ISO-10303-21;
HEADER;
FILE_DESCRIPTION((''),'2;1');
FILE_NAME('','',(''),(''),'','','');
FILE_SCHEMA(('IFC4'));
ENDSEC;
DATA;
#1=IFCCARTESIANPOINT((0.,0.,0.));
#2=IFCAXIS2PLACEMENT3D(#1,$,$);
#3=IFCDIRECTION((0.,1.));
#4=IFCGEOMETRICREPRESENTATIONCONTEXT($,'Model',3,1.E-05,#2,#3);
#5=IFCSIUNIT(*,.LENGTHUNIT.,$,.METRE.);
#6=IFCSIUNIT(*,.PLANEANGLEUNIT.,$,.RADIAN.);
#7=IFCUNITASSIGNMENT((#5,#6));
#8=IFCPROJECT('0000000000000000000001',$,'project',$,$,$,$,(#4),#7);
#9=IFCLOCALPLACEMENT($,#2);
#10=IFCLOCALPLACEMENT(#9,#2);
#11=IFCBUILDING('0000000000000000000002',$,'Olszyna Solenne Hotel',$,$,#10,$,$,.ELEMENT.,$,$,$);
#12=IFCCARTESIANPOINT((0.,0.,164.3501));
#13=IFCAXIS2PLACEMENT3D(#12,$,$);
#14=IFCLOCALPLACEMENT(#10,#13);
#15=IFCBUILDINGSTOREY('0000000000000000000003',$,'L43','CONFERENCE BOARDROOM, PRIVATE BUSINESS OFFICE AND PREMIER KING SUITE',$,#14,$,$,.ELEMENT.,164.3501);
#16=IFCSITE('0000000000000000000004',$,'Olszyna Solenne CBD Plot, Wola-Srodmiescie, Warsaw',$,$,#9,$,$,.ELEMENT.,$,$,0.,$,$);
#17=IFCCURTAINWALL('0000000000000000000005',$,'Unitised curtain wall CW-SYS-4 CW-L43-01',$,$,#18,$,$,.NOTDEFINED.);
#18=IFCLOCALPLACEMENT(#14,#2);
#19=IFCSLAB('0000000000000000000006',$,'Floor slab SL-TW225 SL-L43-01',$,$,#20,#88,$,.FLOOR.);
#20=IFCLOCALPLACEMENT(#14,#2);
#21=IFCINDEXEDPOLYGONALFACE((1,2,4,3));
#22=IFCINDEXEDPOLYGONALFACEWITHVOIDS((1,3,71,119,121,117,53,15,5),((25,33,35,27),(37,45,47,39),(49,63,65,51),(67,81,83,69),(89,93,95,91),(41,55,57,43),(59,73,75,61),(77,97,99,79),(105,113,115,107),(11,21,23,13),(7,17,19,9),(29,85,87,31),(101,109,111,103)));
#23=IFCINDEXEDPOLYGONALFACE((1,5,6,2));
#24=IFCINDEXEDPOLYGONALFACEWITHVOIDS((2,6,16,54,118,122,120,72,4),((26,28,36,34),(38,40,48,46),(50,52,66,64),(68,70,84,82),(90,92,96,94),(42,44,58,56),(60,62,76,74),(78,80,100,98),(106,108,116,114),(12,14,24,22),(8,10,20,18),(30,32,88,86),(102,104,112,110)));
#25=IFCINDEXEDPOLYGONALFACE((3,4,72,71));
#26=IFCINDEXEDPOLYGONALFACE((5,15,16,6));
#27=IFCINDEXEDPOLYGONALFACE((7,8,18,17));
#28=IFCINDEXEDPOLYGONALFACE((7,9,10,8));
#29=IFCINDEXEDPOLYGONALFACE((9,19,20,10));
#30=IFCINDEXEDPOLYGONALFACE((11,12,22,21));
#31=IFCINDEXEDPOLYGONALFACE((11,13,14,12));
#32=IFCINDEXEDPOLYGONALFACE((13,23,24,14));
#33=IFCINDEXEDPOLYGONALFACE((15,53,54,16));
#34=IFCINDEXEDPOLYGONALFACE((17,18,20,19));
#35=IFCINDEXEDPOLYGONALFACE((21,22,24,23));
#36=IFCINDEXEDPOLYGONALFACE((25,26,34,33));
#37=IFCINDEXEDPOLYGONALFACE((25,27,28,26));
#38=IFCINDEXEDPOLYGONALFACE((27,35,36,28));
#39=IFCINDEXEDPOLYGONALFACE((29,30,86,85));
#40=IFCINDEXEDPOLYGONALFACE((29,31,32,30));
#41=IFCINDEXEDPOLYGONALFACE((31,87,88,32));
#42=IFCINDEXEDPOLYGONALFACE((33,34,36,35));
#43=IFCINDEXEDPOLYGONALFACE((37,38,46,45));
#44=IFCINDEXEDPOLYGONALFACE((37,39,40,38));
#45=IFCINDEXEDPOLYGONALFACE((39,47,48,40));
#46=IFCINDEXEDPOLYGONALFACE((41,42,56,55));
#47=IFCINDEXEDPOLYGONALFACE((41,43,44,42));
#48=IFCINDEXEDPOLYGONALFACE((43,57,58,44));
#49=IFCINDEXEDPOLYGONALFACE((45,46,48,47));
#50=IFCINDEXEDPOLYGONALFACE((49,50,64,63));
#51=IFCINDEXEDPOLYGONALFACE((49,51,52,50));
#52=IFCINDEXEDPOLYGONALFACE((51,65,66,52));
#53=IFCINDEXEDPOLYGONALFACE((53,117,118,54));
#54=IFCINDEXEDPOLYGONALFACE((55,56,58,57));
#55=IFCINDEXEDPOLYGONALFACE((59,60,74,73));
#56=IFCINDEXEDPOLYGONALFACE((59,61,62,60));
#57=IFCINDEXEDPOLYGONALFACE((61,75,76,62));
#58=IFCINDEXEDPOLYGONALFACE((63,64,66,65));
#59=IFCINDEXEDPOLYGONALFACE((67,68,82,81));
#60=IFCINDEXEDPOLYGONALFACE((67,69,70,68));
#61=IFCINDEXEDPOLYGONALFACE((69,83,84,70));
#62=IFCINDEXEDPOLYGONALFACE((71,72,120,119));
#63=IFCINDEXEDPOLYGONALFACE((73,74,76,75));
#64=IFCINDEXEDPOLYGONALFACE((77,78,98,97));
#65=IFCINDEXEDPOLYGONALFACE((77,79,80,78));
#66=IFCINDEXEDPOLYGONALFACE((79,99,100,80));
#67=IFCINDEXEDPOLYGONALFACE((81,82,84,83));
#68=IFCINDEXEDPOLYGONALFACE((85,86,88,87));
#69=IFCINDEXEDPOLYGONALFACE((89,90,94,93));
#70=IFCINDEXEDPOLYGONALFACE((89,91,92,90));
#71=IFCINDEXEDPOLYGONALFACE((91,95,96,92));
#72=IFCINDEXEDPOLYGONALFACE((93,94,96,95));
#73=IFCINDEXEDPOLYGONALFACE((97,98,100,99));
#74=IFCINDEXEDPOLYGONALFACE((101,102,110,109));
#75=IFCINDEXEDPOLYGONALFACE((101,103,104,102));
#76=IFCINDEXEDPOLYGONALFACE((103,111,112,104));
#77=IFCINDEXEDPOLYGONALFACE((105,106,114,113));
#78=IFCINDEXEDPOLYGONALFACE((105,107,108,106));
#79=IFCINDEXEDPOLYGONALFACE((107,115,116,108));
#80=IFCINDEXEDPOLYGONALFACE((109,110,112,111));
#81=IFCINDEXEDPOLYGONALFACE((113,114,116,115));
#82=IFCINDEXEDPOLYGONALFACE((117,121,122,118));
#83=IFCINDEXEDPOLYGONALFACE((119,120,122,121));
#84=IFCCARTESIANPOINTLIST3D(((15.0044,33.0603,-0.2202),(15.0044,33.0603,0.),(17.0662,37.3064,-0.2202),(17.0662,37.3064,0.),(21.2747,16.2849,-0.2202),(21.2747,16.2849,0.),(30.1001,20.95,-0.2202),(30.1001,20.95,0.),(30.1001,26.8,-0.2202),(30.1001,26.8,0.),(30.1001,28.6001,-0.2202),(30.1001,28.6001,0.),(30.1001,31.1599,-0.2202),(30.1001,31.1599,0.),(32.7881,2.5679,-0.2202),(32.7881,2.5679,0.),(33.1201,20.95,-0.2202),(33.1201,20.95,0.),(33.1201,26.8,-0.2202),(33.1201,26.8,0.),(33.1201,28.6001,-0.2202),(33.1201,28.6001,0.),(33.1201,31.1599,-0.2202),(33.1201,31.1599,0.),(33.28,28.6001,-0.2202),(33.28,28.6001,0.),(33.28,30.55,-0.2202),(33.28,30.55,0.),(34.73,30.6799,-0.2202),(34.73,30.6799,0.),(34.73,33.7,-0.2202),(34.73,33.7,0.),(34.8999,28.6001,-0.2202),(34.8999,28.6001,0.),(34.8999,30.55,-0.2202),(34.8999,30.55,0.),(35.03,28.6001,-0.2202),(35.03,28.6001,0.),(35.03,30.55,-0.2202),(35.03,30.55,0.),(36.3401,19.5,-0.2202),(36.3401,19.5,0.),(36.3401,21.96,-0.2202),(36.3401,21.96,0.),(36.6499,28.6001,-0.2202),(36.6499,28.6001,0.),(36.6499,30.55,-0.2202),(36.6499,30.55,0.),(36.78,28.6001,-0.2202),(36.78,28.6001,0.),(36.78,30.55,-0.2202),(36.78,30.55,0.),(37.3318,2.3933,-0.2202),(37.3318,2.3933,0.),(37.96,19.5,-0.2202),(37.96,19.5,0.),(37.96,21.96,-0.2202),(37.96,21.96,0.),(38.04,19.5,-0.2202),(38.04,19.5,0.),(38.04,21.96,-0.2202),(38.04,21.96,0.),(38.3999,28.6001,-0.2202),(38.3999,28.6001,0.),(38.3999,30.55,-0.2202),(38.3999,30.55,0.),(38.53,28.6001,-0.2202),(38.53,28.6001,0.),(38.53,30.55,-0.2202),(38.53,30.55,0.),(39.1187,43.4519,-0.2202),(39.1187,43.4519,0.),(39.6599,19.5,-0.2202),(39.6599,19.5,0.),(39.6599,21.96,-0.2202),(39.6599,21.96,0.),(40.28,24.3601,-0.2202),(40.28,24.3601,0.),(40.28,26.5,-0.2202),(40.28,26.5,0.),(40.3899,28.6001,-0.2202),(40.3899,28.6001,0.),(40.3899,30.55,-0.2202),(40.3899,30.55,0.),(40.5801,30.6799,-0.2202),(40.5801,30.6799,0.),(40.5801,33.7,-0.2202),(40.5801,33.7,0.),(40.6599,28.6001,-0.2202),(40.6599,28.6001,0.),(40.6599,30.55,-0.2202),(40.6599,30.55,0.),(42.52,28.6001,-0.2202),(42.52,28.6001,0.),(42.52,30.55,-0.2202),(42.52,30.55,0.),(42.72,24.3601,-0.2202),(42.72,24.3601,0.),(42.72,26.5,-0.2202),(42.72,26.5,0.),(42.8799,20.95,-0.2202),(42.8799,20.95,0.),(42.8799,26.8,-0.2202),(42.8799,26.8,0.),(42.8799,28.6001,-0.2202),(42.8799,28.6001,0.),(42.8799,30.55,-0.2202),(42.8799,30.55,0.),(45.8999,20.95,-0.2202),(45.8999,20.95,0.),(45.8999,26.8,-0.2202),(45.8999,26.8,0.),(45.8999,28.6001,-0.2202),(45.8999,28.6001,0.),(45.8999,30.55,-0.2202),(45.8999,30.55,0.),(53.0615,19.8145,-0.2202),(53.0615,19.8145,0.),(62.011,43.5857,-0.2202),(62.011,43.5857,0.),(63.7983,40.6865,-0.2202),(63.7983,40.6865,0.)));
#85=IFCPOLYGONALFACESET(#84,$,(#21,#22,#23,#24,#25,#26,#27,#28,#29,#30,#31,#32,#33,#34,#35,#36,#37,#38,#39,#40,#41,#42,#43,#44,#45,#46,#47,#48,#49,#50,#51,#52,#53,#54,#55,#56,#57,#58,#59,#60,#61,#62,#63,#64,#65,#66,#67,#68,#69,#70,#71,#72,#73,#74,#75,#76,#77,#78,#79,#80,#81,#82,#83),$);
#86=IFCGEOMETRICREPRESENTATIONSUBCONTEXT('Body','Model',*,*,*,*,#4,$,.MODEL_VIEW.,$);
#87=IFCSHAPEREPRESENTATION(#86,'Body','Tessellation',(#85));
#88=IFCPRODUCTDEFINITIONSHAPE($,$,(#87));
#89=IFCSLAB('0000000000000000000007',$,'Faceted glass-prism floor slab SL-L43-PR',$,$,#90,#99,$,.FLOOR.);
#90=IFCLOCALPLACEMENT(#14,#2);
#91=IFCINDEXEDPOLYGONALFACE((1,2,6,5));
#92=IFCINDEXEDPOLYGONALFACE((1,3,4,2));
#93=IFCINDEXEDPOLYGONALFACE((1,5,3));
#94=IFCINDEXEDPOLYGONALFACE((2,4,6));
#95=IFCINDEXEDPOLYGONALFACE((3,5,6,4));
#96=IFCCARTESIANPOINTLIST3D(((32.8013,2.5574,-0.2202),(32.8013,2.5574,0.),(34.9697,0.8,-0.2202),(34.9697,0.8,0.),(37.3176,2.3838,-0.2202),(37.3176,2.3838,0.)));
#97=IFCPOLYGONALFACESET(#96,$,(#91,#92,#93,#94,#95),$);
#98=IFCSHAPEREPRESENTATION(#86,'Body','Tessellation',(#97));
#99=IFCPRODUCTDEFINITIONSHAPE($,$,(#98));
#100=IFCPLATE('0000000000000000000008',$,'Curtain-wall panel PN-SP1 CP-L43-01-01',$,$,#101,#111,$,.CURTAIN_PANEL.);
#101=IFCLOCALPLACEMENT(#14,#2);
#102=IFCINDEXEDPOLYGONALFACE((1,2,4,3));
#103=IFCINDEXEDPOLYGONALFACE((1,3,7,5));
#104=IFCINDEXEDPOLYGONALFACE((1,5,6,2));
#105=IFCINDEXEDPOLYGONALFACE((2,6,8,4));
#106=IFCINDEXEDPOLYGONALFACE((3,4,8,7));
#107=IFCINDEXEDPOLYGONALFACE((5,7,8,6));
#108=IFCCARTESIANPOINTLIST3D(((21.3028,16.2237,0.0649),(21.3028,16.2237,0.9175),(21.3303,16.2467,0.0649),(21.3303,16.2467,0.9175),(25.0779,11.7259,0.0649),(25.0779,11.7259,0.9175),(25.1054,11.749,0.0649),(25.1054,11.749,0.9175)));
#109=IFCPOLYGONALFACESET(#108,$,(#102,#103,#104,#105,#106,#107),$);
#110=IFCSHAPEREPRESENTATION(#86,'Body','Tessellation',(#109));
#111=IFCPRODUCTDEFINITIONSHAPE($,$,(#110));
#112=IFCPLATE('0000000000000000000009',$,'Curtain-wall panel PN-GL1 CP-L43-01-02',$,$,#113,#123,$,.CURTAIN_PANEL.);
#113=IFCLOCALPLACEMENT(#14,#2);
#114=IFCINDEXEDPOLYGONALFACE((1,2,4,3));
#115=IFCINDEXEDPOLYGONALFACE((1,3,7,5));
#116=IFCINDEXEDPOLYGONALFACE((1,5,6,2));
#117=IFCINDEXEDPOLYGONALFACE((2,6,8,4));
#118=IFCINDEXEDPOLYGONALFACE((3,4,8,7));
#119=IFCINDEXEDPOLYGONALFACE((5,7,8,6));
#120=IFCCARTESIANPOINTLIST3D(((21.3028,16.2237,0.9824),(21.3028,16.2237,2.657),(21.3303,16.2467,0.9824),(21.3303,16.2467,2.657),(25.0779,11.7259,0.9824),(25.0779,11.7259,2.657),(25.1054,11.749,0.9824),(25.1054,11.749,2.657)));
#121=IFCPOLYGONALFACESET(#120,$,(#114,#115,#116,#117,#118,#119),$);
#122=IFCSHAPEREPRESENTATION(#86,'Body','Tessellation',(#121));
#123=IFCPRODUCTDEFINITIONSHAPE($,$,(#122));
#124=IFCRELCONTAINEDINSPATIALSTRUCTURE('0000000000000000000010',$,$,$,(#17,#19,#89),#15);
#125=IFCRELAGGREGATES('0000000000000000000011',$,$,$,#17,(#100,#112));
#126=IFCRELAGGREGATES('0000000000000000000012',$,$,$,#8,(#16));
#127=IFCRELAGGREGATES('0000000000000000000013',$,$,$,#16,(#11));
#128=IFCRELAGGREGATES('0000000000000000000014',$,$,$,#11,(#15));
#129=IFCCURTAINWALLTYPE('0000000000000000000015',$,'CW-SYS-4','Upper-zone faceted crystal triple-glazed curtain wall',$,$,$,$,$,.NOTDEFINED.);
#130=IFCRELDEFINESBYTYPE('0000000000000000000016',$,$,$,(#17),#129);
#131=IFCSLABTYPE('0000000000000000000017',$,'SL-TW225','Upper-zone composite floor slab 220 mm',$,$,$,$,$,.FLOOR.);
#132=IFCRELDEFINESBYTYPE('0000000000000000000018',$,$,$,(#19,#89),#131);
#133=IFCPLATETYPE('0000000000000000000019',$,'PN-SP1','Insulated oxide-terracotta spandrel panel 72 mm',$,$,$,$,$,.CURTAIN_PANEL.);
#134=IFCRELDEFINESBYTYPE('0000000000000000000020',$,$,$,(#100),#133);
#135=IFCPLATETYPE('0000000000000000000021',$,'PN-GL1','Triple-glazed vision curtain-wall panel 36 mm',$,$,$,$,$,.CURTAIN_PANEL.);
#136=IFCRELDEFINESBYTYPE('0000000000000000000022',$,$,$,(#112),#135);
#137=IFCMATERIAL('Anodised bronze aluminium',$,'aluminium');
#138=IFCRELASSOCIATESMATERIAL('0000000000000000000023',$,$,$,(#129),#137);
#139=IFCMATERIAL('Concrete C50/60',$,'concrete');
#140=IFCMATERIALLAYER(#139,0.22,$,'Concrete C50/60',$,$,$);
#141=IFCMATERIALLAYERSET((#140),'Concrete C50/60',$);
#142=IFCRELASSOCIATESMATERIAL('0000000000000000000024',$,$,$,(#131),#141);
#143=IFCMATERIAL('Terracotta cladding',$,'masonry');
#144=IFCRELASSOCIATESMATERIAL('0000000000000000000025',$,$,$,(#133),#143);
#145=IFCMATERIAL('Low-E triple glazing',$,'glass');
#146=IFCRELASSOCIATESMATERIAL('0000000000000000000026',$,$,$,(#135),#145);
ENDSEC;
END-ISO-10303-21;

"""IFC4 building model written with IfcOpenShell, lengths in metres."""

from ifc_helpers import new_model, si_unit, direction, frame, origin, origin_2d, place, context, subcontext, project, spatial, polyline, rectangle, outline, extrude, source, transform, mapped, material, layer, layer_set, type_object, element, aggregate, save


model = new_model("IFC4")

# Units and contexts
model_context = context("Model", 3, precision=1e-05, world=origin(), true_north=direction((0.0, 1.0)))
body_context = subcontext(model_context, "Body", "Model", "MODEL_VIEW")
ifc_project = project(units=[si_unit("LENGTHUNIT", "METRE"), si_unit("PLANEANGLEUNIT", "RADIAN")], contexts=[model_context])

# Site, building, storey
site_placement = place(None, origin())
site = spatial("IfcSite", under=ifc_project, at=site_placement, Name="Olszyna Solenne CBD Plot, Wola-Srodmiescie, Warsaw", CompositionType="ELEMENT", RefElevation=0.0)
building_placement = place(site_placement, origin())
building = spatial("IfcBuilding", under=site, at=building_placement, Name="Olszyna Solenne Hotel", CompositionType="ELEMENT")
storey_placement = place(building_placement, frame((0.0, 0.0, 164.3501)))
storey = spatial("IfcBuildingStorey", under=building, at=storey_placement, Name="L43", Description="CONFERENCE BOARDROOM, PRIVATE BUSINESS OFFICE AND PREMIER KING SUITE", CompositionType="ELEMENT", Elevation=164.3501)

# Curtain wall
ifc_material_1 = material(Name="Anodised bronze aluminium", Category="aluminium")
curtain_wall_type = type_object("IfcCurtainWallType", Name="CW-SYS-4", Description="Upper-zone faceted crystal triple-glazed curtain wall", PredefinedType="NOTDEFINED", material=ifc_material_1)
curtain_wall_placement = place(storey_placement, origin())
curtain_wall = element("IfcCurtainWall", 1, at=curtain_wall_placement, inside=storey, type_object=curtain_wall_type, Name="Unitised curtain wall CW-SYS-4 CW-L43-01", PredefinedType="NOTDEFINED")

# Slabs
ifc_material_2 = material(Name="Concrete C50/60", Category="concrete")
ifc_layer_1 = layer(ifc_material_2, 0.22, Name="Concrete C50/60")
ifc_layer_set_1 = layer_set([ifc_layer_1], Name="Concrete C50/60")
slab_type_1 = type_object("IfcSlabType", Name="SL-TW225", Description="Upper-zone composite floor slab 220 mm", PredefinedType="FLOOR", material=ifc_layer_set_1)
slab_1_placement = place(storey_placement, frame((0.0, 0.0, -0.2202)))
element("IfcSlab", 2, at=slab_1_placement, inside=storey, type_object=slab_type_1, Name="Floor slab SL-TW225 SL-L43-01", PredefinedType="FLOOR", context=body_context, shape_type="SweptSolid", body=[
    extrude(outline(polyline([(63.7983, 40.6865), (62.011, 43.5857), (39.1187, 43.4519), (17.0662, 37.3064), (15.0044, 33.0603), (21.2747, 16.2849), (32.7881, 2.5679), (37.3318, 2.3933), (53.0615, 19.8145), (63.7983, 40.6865)]), holes=[polyline([(30.1001, 20.95), (33.1201, 20.95), (33.1201, 26.8), (30.1001, 26.8), (30.1001, 20.95)]), polyline([(42.8799, 20.95), (45.8999, 20.95), (45.8999, 26.8), (42.8799, 26.8), (42.8799, 20.95)]), polyline([(34.73, 30.6799), (40.5801, 30.6799), (40.5801, 33.7), (34.73, 33.7), (34.73, 30.6799)]), polyline([(36.3401, 19.5), (37.96, 19.5), (37.96, 21.96), (36.3401, 21.96), (36.3401, 19.5)]), polyline([(38.04, 19.5), (39.6599, 19.5), (39.6599, 21.96), (38.04, 21.96), (38.04, 19.5)]), polyline([(30.1001, 28.6001), (33.1201, 28.6001), (33.1201, 31.1599), (30.1001, 31.1599), (30.1001, 28.6001)]), polyline([(40.28, 24.3601), (42.72, 24.3601), (42.72, 26.5), (40.28, 26.5), (40.28, 24.3601)]), polyline([(33.28, 28.6001), (34.8999, 28.6001), (34.8999, 30.55), (33.28, 30.55), (33.28, 28.6001)]), polyline([(35.03, 28.6001), (36.6499, 28.6001), (36.6499, 30.55), (35.03, 30.55), (35.03, 28.6001)]), polyline([(36.78, 28.6001), (38.3999, 28.6001), (38.3999, 30.55), (36.78, 30.55), (36.78, 28.6001)]), polyline([(38.53, 28.6001), (40.3899, 28.6001), (40.3899, 30.55), (38.53, 30.55), (38.53, 28.6001)]), polyline([(40.6599, 28.6001), (42.52, 28.6001), (42.52, 30.55), (40.6599, 30.55), (40.6599, 28.6001)]), polyline([(42.8799, 28.6001), (45.8999, 28.6001), (45.8999, 30.55), (42.8799, 30.55), (42.8799, 28.6001)])]), origin(), (0.0, 0.0, 1.0), 0.2202),
])
slab_2_placement = place(storey_placement, frame((0.0, 0.0, -0.2202)))
element("IfcSlab", 3, at=slab_2_placement, inside=storey, type_object=slab_type_1, Name="Faceted glass-prism floor slab SL-L43-PR", PredefinedType="FLOOR", context=body_context, shape_type="SweptSolid", body=[
    extrude(outline(polyline([(37.3176, 2.3838), (32.8013, 2.5574), (34.9697, 0.8), (37.3176, 2.3838)])), origin(), (0.0, 0.0, 1.0), 0.2202),
])

# Plates
ifc_material_3 = material(Name="Terracotta cladding", Category="masonry")
plate_type_1 = type_object("IfcPlateType", Name="PN-SP1", Description="Insulated oxide-terracotta spandrel panel 72 mm", PredefinedType="CURTAIN_PANEL", material=ifc_material_3)
shared_shape_1 = source(origin(), body_context, "Body", "SweptSolid", [
    extrude(rectangle(XDim=5.8721, YDim=0.0359, at=origin_2d()), origin(), (0.0, 0.0, 1.0), 0.8525),
])
plate_1_placement = place(storey_placement, frame((23.2041, 13.9863, 0.0649), z_axis=(0.0, 0.0, 1.0), x_axis=(0.642899, -0.765951, 0.0)))
plate_1 = element("IfcPlate", 4, at=plate_1_placement, type_object=plate_type_1, Name="Curtain-wall panel PN-SP1 CP-L43-01-01", PredefinedType="CURTAIN_PANEL", context=body_context, shape_type="MappedRepresentation", body=[
    mapped(shared_shape_1, transform((0.0, 0.0, 0.0), x_axis=(1.0, 0.0, 0.0), y_axis=(0.0, 1.0, 0.0), z_axis=(0.0, 0.0, 1.0), scale=1.0)),
])
ifc_material_4 = material(Name="Low-E triple glazing", Category="glass")
plate_type_2 = type_object("IfcPlateType", Name="PN-GL1", Description="Triple-glazed vision curtain-wall panel 36 mm", PredefinedType="CURTAIN_PANEL", material=ifc_material_4)
shared_shape_2 = source(origin(), body_context, "Body", "SweptSolid", [
    extrude(rectangle(XDim=5.8721, YDim=0.0359, at=origin_2d()), origin(), (0.0, 0.0, 1.0), 1.6746),
])
plate_2_placement = place(storey_placement, frame((23.2041, 13.9863, 0.9824), z_axis=(0.0, 0.0, 1.0), x_axis=(0.642899, -0.765951, 0.0)))
plate_2 = element("IfcPlate", 5, at=plate_2_placement, type_object=plate_type_2, Name="Curtain-wall panel PN-GL1 CP-L43-01-02", PredefinedType="CURTAIN_PANEL", context=body_context, shape_type="MappedRepresentation", body=[
    mapped(shared_shape_2, transform((0.0, 0.0, 0.0), x_axis=(1.0, 0.0, 0.0), y_axis=(0.0, 1.0, 0.0), z_axis=(0.0, 0.0, 1.0), scale=1.0)),
])
aggregate(curtain_wall, [plate_1, plate_2])

save(model, "model.ifc")
